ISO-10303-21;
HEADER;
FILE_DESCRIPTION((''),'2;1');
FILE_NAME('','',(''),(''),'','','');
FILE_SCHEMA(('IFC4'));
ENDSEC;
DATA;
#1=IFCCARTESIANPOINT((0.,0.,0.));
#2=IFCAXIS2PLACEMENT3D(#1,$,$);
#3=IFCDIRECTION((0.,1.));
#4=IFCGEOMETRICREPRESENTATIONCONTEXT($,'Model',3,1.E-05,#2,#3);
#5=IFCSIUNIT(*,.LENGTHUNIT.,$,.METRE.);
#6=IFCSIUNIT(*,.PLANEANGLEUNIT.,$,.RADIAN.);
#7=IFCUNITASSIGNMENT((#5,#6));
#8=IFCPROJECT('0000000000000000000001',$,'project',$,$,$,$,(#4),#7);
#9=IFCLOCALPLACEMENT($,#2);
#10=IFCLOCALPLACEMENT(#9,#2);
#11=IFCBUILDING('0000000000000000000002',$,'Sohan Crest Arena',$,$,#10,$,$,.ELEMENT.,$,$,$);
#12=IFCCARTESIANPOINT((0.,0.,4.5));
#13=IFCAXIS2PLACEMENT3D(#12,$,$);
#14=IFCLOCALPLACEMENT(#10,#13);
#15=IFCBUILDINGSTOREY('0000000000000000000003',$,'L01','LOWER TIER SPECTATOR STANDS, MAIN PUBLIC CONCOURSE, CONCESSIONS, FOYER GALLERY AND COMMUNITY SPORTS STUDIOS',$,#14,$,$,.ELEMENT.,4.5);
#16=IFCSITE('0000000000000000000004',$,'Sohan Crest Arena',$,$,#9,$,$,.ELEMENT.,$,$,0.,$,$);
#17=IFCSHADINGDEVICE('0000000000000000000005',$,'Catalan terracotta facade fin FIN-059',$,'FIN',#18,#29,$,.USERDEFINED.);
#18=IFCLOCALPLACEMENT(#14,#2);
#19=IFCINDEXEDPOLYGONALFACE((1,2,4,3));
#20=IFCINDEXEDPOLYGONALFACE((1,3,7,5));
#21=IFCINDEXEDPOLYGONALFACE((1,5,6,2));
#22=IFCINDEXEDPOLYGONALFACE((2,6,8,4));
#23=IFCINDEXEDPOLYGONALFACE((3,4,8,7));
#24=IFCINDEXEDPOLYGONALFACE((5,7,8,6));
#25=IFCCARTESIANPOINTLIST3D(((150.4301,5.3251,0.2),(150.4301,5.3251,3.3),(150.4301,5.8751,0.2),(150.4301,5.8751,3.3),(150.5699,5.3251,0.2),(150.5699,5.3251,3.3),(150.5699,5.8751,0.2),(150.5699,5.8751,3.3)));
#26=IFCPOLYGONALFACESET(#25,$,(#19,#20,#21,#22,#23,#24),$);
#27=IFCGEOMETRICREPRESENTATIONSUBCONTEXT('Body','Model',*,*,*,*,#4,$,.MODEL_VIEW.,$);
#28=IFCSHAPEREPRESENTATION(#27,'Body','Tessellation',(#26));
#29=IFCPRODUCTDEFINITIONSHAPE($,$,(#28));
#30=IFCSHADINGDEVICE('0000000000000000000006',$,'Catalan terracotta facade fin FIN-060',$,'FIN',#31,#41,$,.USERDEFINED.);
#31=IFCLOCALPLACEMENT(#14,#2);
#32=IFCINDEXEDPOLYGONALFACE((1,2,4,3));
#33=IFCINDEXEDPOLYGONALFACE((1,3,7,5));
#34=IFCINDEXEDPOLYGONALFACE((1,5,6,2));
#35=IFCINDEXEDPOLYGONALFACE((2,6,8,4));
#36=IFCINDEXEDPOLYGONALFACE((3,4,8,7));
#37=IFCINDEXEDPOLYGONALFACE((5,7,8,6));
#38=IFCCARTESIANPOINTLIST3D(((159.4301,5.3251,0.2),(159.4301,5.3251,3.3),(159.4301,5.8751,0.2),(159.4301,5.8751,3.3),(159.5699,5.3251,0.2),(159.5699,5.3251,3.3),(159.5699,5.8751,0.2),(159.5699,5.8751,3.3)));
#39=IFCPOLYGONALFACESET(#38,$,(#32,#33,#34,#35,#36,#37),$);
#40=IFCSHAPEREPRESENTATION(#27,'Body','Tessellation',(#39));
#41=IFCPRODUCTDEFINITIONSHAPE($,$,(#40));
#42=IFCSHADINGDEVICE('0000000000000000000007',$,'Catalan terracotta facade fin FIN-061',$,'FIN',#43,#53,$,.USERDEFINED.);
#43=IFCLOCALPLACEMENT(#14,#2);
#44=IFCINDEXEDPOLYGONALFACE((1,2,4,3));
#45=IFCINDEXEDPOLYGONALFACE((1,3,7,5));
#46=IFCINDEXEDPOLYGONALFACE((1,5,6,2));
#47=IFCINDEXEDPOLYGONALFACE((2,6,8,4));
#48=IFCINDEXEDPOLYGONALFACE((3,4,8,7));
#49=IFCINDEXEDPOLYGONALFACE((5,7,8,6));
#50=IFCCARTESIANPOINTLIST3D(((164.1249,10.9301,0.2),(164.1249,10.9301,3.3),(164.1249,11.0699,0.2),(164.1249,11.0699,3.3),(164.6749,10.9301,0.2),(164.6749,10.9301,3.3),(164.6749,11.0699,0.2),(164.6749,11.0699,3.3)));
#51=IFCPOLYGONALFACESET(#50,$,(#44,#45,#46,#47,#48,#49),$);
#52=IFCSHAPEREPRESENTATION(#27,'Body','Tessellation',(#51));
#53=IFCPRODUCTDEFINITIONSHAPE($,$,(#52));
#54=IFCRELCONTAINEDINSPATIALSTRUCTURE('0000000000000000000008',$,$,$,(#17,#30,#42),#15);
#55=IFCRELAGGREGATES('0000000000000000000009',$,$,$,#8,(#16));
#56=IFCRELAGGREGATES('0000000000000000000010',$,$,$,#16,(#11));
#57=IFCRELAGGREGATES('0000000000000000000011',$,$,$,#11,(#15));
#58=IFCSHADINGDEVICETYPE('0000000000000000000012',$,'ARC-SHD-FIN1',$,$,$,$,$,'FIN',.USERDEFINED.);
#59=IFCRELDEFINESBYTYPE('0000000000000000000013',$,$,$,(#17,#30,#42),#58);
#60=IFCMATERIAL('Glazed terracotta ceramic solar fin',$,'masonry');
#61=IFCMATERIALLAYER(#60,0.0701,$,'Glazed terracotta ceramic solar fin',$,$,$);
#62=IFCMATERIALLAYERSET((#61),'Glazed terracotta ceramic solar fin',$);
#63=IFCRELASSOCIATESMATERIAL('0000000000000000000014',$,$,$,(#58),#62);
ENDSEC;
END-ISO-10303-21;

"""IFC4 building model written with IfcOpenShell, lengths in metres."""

from ifc_helpers import new_model, si_unit, direction, frame, origin, origin_2d, place, context, subcontext, project, spatial, rectangle, extrude, material, layer, layer_set, type_object, element, save


model = new_model("IFC4")

# Units and contexts
model_context = context("Model", 3, precision=1e-05, world=origin(), true_north=direction((0.0, 1.0)))
body_context = subcontext(model_context, "Body", "Model", "MODEL_VIEW")
ifc_project = project(units=[si_unit("LENGTHUNIT", "METRE"), si_unit("PLANEANGLEUNIT", "RADIAN")], contexts=[model_context])

# Site, building, storey
site_placement = place(None, origin())
site = spatial("IfcSite", under=ifc_project, at=site_placement, Name="Sohan Crest Arena", CompositionType="ELEMENT", RefElevation=0.0)
building_placement = place(site_placement, origin())
building = spatial("IfcBuilding", under=site, at=building_placement, Name="Sohan Crest Arena", CompositionType="ELEMENT")
storey_placement = place(building_placement, frame((0.0, 0.0, 4.5)))
storey = spatial("IfcBuildingStorey", under=building, at=storey_placement, Name="L01", Description="LOWER TIER SPECTATOR STANDS, MAIN PUBLIC CONCOURSE, CONCESSIONS, FOYER GALLERY AND COMMUNITY SPORTS STUDIOS", CompositionType="ELEMENT", Elevation=4.5)

# Shading devices
ifc_material_1 = material(Name="Glazed terracotta ceramic solar fin", Category="masonry")
ifc_layer_1 = layer(ifc_material_1, 0.0701, Name="Glazed terracotta ceramic solar fin")
ifc_layer_set_1 = layer_set([ifc_layer_1], Name="Glazed terracotta ceramic solar fin")
shading_device_type = type_object("IfcShadingDeviceType", Name="ARC-SHD-FIN1", ElementType="FIN", PredefinedType="USERDEFINED", material=ifc_layer_set_1)
for number, where, z_axis, x_axis, name in (
    (1, (150.5, 5.6001, 0.2), (0.0, 0.0, 1.0), (1.0, 0.0, 0.0), "Catalan terracotta facade fin FIN-059"),
    (2, (159.5, 5.6001, 0.2), (0.0, 0.0, 1.0), (1.0, 0.0, 0.0), "Catalan terracotta facade fin FIN-060"),
    (3, (164.3999, 11.0, 0.2), (0.0, 0.0, 1.0), (0.0, 1.0, 0.0), "Catalan terracotta facade fin FIN-061"),
):
    element("IfcShadingDevice", number, at=place(storey_placement, frame(where, z_axis=z_axis, x_axis=x_axis)), inside=storey, type_object=shading_device_type, Name=name, ObjectType="FIN", PredefinedType="USERDEFINED", context=body_context, shape_type="SweptSolid", body=[
        extrude(rectangle(XDim=0.1399, YDim=0.55, at=origin_2d()), origin(), (0.0, 0.0, 1.0), 3.1001),
    ])

save(model, "model.ifc")
